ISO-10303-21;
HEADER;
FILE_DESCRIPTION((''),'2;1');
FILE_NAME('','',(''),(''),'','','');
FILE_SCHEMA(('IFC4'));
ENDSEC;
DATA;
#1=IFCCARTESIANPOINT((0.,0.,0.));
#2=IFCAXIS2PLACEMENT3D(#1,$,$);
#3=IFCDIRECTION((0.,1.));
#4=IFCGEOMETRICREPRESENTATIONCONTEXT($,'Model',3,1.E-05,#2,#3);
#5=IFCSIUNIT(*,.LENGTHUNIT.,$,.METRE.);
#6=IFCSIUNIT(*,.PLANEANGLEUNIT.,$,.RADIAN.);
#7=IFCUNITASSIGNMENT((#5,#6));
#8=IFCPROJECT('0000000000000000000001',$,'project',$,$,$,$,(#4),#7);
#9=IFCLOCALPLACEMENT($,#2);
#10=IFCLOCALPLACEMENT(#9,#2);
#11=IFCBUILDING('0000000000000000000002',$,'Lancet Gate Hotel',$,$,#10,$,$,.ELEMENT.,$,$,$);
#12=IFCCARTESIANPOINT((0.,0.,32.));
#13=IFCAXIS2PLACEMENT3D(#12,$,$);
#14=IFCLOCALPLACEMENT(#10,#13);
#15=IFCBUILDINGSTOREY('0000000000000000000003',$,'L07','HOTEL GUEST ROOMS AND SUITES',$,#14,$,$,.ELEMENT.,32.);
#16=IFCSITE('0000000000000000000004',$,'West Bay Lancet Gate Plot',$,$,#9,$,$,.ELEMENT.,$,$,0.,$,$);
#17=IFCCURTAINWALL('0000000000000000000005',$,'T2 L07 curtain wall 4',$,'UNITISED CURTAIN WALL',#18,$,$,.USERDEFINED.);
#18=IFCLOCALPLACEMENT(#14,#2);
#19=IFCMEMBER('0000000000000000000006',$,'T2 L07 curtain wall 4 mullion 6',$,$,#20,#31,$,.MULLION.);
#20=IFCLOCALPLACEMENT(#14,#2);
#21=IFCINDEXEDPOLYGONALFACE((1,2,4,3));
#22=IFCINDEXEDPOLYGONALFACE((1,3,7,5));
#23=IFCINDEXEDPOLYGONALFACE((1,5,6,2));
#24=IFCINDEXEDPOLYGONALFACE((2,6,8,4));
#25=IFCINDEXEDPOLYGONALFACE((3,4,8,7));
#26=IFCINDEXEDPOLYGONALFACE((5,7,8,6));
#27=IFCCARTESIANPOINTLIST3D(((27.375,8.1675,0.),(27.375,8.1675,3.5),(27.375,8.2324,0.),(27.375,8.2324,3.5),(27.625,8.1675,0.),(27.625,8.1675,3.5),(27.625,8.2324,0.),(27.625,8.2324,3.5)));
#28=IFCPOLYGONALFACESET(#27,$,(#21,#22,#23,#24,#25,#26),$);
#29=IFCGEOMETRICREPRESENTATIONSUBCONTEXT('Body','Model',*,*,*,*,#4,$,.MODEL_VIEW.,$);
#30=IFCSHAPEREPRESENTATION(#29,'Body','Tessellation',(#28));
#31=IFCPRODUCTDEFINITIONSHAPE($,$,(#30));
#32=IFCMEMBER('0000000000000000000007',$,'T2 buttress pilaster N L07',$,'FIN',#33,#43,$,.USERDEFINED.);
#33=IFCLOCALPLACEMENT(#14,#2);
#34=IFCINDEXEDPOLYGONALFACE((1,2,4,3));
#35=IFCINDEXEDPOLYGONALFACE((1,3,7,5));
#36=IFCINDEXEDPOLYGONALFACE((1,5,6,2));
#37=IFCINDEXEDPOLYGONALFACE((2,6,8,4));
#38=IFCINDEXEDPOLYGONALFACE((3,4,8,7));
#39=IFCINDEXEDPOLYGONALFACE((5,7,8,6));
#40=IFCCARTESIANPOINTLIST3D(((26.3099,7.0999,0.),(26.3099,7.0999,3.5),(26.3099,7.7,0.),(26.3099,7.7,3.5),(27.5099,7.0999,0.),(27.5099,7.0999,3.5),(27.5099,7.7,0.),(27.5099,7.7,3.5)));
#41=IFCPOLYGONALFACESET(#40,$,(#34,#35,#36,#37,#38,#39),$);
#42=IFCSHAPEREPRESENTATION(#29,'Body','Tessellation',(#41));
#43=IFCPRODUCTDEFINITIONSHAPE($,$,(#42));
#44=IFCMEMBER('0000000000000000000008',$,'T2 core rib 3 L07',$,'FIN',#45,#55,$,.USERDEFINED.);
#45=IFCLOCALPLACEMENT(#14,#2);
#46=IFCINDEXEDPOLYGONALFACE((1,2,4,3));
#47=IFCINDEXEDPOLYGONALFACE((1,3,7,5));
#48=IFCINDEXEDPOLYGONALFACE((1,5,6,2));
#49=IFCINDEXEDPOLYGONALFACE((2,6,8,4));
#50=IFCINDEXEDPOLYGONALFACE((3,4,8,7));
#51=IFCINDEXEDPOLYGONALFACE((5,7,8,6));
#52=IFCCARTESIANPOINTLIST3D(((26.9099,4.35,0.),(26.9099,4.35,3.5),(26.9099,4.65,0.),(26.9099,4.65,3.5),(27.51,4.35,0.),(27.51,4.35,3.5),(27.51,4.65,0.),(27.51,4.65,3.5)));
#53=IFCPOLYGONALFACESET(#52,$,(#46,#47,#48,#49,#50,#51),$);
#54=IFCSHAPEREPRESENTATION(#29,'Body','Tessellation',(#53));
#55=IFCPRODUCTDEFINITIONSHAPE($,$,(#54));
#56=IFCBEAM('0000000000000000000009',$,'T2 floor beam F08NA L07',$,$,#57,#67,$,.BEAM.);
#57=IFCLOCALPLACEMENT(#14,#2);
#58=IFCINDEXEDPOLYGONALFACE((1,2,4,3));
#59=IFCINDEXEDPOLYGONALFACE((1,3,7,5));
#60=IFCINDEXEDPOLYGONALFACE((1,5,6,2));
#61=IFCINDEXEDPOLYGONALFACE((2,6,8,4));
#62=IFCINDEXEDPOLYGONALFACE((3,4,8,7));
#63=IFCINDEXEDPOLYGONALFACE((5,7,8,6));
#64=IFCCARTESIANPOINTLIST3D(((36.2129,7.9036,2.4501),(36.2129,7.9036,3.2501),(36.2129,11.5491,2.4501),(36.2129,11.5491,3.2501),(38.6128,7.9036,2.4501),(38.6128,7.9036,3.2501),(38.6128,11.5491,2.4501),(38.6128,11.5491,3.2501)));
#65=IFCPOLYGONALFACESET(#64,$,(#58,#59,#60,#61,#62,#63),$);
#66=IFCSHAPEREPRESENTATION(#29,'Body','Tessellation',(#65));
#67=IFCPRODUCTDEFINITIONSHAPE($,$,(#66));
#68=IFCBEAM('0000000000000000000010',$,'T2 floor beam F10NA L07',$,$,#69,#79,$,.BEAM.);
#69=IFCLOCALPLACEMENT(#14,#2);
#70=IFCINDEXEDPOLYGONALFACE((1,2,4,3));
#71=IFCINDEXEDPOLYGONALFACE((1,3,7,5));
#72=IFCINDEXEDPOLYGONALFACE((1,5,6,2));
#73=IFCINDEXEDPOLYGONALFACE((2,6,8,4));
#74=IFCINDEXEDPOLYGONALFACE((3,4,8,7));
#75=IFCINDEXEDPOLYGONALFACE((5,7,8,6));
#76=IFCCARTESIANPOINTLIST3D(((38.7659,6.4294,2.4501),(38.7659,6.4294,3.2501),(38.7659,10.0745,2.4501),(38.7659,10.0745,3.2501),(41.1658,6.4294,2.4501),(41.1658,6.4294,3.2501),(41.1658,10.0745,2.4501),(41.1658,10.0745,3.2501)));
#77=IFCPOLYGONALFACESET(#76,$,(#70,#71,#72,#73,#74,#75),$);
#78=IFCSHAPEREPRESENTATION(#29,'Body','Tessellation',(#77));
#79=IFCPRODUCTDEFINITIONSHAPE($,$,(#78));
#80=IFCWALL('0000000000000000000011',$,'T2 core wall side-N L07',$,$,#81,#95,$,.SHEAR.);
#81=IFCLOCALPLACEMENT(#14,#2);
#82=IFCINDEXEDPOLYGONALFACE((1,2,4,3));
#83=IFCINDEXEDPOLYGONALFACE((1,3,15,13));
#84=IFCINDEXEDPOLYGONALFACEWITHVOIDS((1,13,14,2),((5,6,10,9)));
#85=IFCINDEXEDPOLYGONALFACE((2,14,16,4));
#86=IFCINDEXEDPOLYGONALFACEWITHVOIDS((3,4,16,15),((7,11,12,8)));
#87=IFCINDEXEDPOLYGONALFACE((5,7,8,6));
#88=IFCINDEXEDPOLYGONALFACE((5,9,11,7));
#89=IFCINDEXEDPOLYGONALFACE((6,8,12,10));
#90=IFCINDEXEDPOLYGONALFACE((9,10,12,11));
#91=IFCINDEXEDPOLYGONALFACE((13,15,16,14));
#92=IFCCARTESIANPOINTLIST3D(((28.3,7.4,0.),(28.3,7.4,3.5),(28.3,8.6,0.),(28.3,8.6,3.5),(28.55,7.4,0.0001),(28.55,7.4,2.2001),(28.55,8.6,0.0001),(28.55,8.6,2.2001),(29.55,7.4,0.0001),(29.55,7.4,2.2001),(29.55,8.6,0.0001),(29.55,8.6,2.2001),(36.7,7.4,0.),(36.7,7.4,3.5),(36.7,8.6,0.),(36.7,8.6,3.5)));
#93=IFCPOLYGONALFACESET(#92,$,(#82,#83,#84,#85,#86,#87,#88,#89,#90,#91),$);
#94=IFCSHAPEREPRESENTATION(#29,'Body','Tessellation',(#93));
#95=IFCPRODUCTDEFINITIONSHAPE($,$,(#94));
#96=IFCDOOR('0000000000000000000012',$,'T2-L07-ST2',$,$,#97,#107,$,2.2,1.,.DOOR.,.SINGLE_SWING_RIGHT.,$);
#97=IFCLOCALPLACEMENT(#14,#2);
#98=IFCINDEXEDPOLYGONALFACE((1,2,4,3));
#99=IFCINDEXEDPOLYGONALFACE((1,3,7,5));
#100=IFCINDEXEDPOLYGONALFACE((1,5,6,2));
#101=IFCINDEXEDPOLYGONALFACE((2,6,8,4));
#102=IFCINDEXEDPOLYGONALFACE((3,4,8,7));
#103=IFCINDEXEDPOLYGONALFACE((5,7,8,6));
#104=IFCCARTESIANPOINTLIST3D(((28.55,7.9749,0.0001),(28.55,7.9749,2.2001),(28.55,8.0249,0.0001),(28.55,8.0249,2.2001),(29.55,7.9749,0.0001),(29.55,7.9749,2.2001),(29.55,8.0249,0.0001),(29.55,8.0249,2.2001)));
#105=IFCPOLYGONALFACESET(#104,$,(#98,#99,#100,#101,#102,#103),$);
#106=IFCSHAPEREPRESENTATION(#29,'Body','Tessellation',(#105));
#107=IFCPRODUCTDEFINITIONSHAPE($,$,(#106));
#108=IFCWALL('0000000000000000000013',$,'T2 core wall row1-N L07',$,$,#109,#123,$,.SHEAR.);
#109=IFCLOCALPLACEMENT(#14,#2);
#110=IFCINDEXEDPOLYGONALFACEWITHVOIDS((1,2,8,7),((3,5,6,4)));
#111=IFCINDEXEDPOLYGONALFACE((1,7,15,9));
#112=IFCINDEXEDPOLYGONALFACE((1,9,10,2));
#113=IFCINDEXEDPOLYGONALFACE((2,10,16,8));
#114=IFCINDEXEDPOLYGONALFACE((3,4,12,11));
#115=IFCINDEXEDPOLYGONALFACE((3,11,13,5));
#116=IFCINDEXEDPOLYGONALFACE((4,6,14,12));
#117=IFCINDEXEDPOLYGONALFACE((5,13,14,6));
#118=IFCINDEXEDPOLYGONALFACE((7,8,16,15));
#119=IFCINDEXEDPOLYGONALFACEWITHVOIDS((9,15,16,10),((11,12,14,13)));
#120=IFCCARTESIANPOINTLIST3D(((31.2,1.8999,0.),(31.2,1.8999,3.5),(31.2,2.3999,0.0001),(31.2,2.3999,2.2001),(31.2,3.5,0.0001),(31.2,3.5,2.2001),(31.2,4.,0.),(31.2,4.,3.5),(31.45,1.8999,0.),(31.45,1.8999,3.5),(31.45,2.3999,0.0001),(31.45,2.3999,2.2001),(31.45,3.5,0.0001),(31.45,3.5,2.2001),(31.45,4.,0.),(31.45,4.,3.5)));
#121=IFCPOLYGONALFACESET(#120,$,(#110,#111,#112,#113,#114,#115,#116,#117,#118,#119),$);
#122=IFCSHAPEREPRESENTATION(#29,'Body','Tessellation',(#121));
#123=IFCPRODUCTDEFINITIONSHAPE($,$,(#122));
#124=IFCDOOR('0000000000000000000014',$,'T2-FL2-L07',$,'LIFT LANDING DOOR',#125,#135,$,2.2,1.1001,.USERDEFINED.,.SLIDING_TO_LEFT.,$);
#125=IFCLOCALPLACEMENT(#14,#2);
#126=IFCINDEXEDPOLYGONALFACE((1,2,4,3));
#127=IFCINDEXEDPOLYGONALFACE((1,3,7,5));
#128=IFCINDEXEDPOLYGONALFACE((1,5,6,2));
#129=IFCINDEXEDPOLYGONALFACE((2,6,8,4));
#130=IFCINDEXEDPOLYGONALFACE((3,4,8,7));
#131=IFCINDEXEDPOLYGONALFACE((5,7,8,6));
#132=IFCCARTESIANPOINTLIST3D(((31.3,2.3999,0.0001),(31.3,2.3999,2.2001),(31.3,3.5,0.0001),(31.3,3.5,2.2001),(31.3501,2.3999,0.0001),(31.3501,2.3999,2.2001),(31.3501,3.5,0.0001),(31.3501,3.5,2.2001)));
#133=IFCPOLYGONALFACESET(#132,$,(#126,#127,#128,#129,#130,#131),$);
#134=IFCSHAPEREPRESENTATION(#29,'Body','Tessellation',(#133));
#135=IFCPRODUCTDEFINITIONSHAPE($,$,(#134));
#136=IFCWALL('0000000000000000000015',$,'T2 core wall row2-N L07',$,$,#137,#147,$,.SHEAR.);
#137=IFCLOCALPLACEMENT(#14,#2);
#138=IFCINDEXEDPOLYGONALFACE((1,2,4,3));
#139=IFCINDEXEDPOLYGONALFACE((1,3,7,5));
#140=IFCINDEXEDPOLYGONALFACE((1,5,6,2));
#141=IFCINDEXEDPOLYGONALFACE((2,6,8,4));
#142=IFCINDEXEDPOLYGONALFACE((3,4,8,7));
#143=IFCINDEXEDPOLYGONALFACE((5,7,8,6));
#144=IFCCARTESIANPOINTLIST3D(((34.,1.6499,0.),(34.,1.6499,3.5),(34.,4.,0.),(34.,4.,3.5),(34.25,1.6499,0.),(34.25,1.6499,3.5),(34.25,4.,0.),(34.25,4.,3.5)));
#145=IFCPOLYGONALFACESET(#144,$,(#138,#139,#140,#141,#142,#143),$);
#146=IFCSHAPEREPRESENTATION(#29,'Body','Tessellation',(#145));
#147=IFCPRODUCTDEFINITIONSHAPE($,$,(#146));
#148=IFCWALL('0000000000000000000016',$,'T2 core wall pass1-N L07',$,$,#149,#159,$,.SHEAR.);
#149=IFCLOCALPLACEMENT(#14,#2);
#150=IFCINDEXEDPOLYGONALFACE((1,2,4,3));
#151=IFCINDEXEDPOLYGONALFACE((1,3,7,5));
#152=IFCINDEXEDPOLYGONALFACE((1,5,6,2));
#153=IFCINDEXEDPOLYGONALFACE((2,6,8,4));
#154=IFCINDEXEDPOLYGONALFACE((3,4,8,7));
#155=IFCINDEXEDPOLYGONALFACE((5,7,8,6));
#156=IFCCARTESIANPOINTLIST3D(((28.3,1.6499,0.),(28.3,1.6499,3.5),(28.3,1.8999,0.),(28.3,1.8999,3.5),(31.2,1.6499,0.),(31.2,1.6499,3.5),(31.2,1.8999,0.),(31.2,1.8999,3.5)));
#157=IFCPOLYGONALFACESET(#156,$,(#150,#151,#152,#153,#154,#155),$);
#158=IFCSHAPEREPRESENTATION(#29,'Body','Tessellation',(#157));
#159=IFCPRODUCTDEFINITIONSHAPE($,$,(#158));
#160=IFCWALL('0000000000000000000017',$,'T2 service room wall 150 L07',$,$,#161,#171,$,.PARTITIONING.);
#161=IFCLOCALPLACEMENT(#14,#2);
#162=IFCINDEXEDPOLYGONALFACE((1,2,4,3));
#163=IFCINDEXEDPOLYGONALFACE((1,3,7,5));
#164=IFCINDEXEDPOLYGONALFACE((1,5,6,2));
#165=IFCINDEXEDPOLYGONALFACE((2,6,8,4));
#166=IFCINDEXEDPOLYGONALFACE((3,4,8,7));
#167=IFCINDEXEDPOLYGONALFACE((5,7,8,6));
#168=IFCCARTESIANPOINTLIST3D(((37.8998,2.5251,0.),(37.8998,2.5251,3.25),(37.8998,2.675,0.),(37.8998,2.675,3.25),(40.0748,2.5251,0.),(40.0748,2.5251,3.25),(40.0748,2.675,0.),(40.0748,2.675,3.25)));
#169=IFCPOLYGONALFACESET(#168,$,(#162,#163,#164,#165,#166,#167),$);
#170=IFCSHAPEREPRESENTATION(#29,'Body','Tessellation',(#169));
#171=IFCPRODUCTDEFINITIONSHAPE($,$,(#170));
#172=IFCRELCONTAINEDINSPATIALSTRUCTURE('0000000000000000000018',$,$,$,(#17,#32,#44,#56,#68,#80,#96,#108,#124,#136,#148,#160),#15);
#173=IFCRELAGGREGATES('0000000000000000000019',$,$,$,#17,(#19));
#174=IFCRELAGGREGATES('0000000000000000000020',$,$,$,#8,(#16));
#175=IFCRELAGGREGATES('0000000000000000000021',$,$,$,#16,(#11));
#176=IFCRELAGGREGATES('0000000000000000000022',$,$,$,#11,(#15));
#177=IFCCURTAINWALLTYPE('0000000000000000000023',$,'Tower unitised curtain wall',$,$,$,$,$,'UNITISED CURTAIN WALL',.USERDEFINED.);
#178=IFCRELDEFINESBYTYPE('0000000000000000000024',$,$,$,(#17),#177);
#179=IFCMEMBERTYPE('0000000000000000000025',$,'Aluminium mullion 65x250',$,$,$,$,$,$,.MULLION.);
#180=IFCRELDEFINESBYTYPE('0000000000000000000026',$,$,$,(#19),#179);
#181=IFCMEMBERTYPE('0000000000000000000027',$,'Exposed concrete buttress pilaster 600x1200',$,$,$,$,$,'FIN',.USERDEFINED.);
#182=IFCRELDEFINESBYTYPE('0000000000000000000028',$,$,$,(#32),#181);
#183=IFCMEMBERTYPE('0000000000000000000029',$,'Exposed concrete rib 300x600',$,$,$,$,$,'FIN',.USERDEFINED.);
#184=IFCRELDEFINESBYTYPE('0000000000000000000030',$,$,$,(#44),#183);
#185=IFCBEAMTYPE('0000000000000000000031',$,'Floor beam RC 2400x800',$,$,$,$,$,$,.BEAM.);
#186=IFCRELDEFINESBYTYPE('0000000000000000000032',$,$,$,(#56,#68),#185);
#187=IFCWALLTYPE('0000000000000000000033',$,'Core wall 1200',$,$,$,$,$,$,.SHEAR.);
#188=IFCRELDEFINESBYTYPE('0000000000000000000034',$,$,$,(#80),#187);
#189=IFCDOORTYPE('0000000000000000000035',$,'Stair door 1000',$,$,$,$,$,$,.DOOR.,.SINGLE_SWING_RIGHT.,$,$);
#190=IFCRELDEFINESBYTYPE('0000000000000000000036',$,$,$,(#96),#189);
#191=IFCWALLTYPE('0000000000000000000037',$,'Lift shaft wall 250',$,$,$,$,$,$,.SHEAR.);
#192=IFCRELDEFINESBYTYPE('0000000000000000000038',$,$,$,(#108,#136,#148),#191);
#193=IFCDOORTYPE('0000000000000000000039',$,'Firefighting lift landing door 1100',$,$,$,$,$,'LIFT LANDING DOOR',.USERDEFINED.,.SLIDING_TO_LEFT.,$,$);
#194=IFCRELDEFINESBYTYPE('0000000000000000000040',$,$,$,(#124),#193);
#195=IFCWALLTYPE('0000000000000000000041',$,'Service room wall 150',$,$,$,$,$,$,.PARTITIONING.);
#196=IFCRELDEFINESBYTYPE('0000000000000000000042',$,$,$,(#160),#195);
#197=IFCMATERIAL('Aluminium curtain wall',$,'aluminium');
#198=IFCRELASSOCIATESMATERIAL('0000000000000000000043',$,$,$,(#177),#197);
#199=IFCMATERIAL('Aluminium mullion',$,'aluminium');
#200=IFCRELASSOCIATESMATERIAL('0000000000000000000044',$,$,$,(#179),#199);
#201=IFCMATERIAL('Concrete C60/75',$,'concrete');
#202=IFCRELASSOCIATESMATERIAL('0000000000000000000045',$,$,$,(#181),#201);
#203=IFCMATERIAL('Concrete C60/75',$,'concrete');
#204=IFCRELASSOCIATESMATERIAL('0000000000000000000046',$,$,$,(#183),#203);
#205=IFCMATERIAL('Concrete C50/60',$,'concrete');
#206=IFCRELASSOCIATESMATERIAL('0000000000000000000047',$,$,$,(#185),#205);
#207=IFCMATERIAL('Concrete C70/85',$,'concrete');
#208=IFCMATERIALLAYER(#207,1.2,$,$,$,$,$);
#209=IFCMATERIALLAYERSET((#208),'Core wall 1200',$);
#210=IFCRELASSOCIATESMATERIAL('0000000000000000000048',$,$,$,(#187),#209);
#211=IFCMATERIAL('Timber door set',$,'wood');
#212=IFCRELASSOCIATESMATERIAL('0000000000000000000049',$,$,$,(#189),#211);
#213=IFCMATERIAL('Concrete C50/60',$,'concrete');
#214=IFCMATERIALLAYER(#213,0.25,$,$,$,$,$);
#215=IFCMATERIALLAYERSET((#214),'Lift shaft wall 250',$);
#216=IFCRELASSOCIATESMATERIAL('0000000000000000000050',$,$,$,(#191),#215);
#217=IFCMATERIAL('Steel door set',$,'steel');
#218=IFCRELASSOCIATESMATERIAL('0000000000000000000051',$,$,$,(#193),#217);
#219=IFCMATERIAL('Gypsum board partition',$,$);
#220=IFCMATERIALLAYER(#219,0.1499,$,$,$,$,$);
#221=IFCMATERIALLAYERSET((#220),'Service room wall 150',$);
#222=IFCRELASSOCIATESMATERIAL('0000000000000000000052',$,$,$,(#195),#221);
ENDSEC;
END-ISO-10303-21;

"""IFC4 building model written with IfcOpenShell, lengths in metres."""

from ifc_helpers import new_model, si_unit, direction, frame, frame_2d, origin, origin_2d, place, context, subcontext, project, spatial, rectangle, extrude, material, layer, layer_set, material_profile, profile_set, type_object, element, fill, aggregate, save


model = new_model("IFC4")

# Units and contexts
model_context = context("Model", 3, precision=1e-05, world=origin(), true_north=direction((0.0, 1.0)))
body_context = subcontext(model_context, "Body", "Model", "MODEL_VIEW")
ifc_project = project(units=[si_unit("LENGTHUNIT", "METRE"), si_unit("PLANEANGLEUNIT", "RADIAN")], contexts=[model_context])

# Site, building, storey
site_placement = place(None, origin())
site = spatial("IfcSite", under=ifc_project, at=site_placement, Name="West Bay Lancet Gate Plot", CompositionType="ELEMENT", RefElevation=0.0)
building_placement = place(site_placement, origin())
building = spatial("IfcBuilding", under=site, at=building_placement, Name="Lancet Gate Hotel", CompositionType="ELEMENT")
storey_placement = place(building_placement, frame((0.0, 0.0, 32.0)))
storey = spatial("IfcBuildingStorey", under=building, at=storey_placement, Name="L07", Description="HOTEL GUEST ROOMS AND SUITES", CompositionType="ELEMENT", Elevation=32.0)

# Curtain wall, member
ifc_material_1 = material(Name="Aluminium curtain wall", Category="aluminium")
curtain_wall_type = type_object("IfcCurtainWallType", Name="Tower unitised curtain wall", ElementType="UNITISED CURTAIN WALL", PredefinedType="USERDEFINED", material=ifc_material_1)
curtain_wall_placement = place(storey_placement, origin())
curtain_wall = element("IfcCurtainWall", 1, at=curtain_wall_placement, inside=storey, type_object=curtain_wall_type, Name="T2 L07 curtain wall 4", ObjectType="UNITISED CURTAIN WALL", PredefinedType="USERDEFINED")
ifc_material_2 = material(Name="Aluminium mullion", Category="aluminium")
ifc_material_profile_1 = material_profile(ifc_material_2, rectangle(XDim=0.0649, YDim=0.25, at=origin_2d()), Name="MULLION 65x250")
ifc_profile_set_1 = profile_set([ifc_material_profile_1], Name="Aluminium mullion")
member_type_1 = type_object("IfcMemberType", Name="Aluminium mullion 65x250", PredefinedType="MULLION", material=ifc_profile_set_1)
member_1_placement = place(storey_placement, frame((27.5, 8.2, 0.0), z_axis=(0.0, 0.0, 1.0), x_axis=(0.0, -1.0, 0.0)))
member_1 = element("IfcMember", 2, at=member_1_placement, type_object=member_type_1, Name="T2 L07 curtain wall 4 mullion 6", PredefinedType="MULLION", context=body_context, shape_type="SweptSolid", body=[
    extrude(rectangle(XDim=0.0649, YDim=0.25, at=origin_2d()), origin(), (0.0, 0.0, 1.0), 3.5),
])
aggregate(curtain_wall, [member_1])

# Members
ifc_material_3 = material(Name="Concrete C60/75", Category="concrete")
ifc_material_profile_2 = material_profile(ifc_material_3, rectangle(XDim=0.6001, YDim=1.2, at=origin_2d()), Name="FIN 600x1200")
ifc_profile_set_2 = profile_set([ifc_material_profile_2], Name="Concrete C60/75")
member_type_2 = type_object("IfcMemberType", Name="Exposed concrete buttress pilaster 600x1200", ElementType="FIN", PredefinedType="USERDEFINED", material=ifc_profile_set_2)
member_2_placement = place(storey_placement, frame((26.9099, 7.3999, 0.0), z_axis=(0.0, 0.0, 1.0), x_axis=(0.0, 1.0, 0.0)))
element("IfcMember", 3, at=member_2_placement, inside=storey, type_object=member_type_2, Name="T2 buttress pilaster N L07", ObjectType="FIN", PredefinedType="USERDEFINED", context=body_context, shape_type="SweptSolid", body=[
    extrude(rectangle(XDim=0.6001, YDim=1.2, at=origin_2d()), origin(), (0.0, 0.0, 1.0), 3.5),
])
ifc_material_4 = material(Name="Concrete C60/75", Category="concrete")
ifc_material_profile_3 = material_profile(ifc_material_4, rectangle(XDim=0.3, YDim=0.6001, at=origin_2d()), Name="FIN 300x600")
ifc_profile_set_3 = profile_set([ifc_material_profile_3], Name="Concrete C60/75")
member_type_3 = type_object("IfcMemberType", Name="Exposed concrete rib 300x600", ElementType="FIN", PredefinedType="USERDEFINED", material=ifc_profile_set_3)
member_3_placement = place(storey_placement, frame((27.21, 4.5, 0.0), z_axis=(0.0, 0.0, 1.0), x_axis=(0.0, 1.0, 0.0)))
element("IfcMember", 4, at=member_3_placement, inside=storey, type_object=member_type_3, Name="T2 core rib 3 L07", ObjectType="FIN", PredefinedType="USERDEFINED", context=body_context, shape_type="SweptSolid", body=[
    extrude(rectangle(XDim=0.3, YDim=0.6001, at=origin_2d()), origin(), (0.0, 0.0, 1.0), 3.5),
])

# Beams
ifc_material_5 = material(Name="Concrete C50/60", Category="concrete")
ifc_material_profile_4 = material_profile(ifc_material_5, rectangle(XDim=2.3999, YDim=0.8, at=origin_2d()), Name="RC 2400x800")
ifc_profile_set_4 = profile_set([ifc_material_profile_4], Name="Concrete C50/60")
beam_type = type_object("IfcBeamType", Name="Floor beam RC 2400x800", PredefinedType="BEAM", material=ifc_profile_set_4)
beam_1_placement = place(storey_placement, frame((37.4128, 7.9036, 2.8501), z_axis=(0.0, 1.0, 0.0), x_axis=(-1.0, 0.0, 0.0)))
element("IfcBeam", 5, at=beam_1_placement, inside=storey, type_object=beam_type, Name="T2 floor beam F08NA L07", PredefinedType="BEAM", context=body_context, shape_type="SweptSolid", body=[
    extrude(rectangle(XDim=2.3999, YDim=0.8, at=origin_2d()), origin(), (0.0, 0.0, 1.0), 3.6455),
])
beam_2_placement = place(storey_placement, frame((39.9658, 6.4294, 2.8501), z_axis=(0.0, 1.0, 0.0), x_axis=(-1.0, 0.0, 0.0)))
element("IfcBeam", 6, at=beam_2_placement, inside=storey, type_object=beam_type, Name="T2 floor beam F10NA L07", PredefinedType="BEAM", context=body_context, shape_type="SweptSolid", body=[
    extrude(rectangle(XDim=2.3999, YDim=0.8, at=origin_2d()), origin(), (0.0, 0.0, 1.0), 3.645),
])

# Walls, openings, doors
ifc_material_6 = material(Name="Concrete C70/85", Category="concrete")
ifc_layer_1 = layer(ifc_material_6, 1.2)
ifc_layer_set_1 = layer_set([ifc_layer_1], Name="Core wall 1200")
wall_type_1 = type_object("IfcWallType", Name="Core wall 1200", PredefinedType="SHEAR", material=ifc_layer_set_1)
wall_1_placement = place(storey_placement, frame((28.3, 8.0, 0.0), z_axis=(0.0, 0.0, 1.0), x_axis=(1.0, 0.0, 0.0)))
wall_1 = element("IfcWall", 7, at=wall_1_placement, inside=storey, type_object=wall_type_1, Name="T2 core wall side-N L07", PredefinedType="SHEAR", context=body_context, shape_type="SweptSolid", body=[
    extrude(rectangle(XDim=8.3999, YDim=1.2, at=frame_2d((4.2, 0.0))), origin(), (0.0, 0.0, 1.0), 3.5),
])
opening_1_placement = place(wall_1_placement, frame((0.25, 0.0, 0.0)))
opening_1 = element("IfcOpeningElement", 8, at=opening_1_placement, cuts=wall_1, PredefinedType="OPENING", context=body_context, shape_type="SweptSolid", body=[
    extrude(rectangle(XDim=1.0, YDim=2.2, at=frame_2d((0.5, 1.1001))), frame((0.0, 0.6099, 0.0), z_axis=(0.0, -1.0, 0.0), x_axis=(1.0, 0.0, 0.0)), (0.0, 0.0, 1.0), 1.22),
])
ifc_material_7 = material(Name="Timber door set", Category="wood")
door_type_1 = type_object("IfcDoorType", Name="Stair door 1000", OperationType="SINGLE_SWING_RIGHT", PredefinedType="DOOR", material=ifc_material_7)
door_1_placement = place(opening_1_placement, origin())
door_1 = element("IfcDoor", 9, at=door_1_placement, inside=storey, type_object=door_type_1, Name="T2-L07-ST2", OperationType="SINGLE_SWING_RIGHT", OverallHeight=2.2, OverallWidth=1.0, PredefinedType="DOOR", context=body_context, shape_type="SweptSolid", body=[
    extrude(rectangle(XDim=1.0, YDim=2.2, at=frame_2d((0.5, 1.1001))), frame((0.0, 0.0249, 0.0), z_axis=(0.0, -1.0, 0.0), x_axis=(1.0, 0.0, 0.0)), (0.0, 0.0, 1.0), 0.05),
])
fill(opening_1, door_1)
ifc_material_8 = material(Name="Concrete C50/60", Category="concrete")
ifc_layer_2 = layer(ifc_material_8, 0.25)
ifc_layer_set_2 = layer_set([ifc_layer_2], Name="Lift shaft wall 250")
wall_type_2 = type_object("IfcWallType", Name="Lift shaft wall 250", PredefinedType="SHEAR", material=ifc_layer_set_2)
wall_2_placement = place(storey_placement, frame((31.325, 1.8999, 0.0), z_axis=(0.0, 0.0, 1.0), x_axis=(0.0, 1.0, 0.0)))
wall_2 = element("IfcWall", 10, at=wall_2_placement, inside=storey, type_object=wall_type_2, Name="T2 core wall row1-N L07", PredefinedType="SHEAR", context=body_context, shape_type="SweptSolid", body=[
    extrude(rectangle(XDim=2.1001, YDim=0.25, at=frame_2d((1.05, 0.0))), origin(), (0.0, 0.0, 1.0), 3.5),
])
opening_2_placement = place(wall_2_placement, frame((0.5, 0.0, 0.0)))
opening_2 = element("IfcOpeningElement", 11, at=opening_2_placement, cuts=wall_2, PredefinedType="OPENING", context=body_context, shape_type="SweptSolid", body=[
    extrude(rectangle(XDim=1.1001, YDim=2.2, at=frame_2d((0.55, 1.1001))), frame((0.0, 0.135, 0.0), z_axis=(0.0, -1.0, 0.0), x_axis=(1.0, 0.0, 0.0)), (0.0, 0.0, 1.0), 0.27),
])
ifc_material_9 = material(Name="Steel door set", Category="steel")
door_type_2 = type_object("IfcDoorType", Name="Firefighting lift landing door 1100", ElementType="LIFT LANDING DOOR", OperationType="SLIDING_TO_LEFT", PredefinedType="USERDEFINED", material=ifc_material_9)
door_2_placement = place(opening_2_placement, origin())
door_2 = element("IfcDoor", 12, at=door_2_placement, inside=storey, type_object=door_type_2, Name="T2-FL2-L07", ObjectType="LIFT LANDING DOOR", OperationType="SLIDING_TO_LEFT", OverallHeight=2.2, OverallWidth=1.1001, PredefinedType="USERDEFINED", context=body_context, shape_type="SweptSolid", body=[
    extrude(rectangle(XDim=1.1001, YDim=2.2, at=frame_2d((0.55, 1.1001))), frame((0.0, 0.0249, 0.0), z_axis=(0.0, -1.0, 0.0), x_axis=(1.0, 0.0, 0.0)), (0.0, 0.0, 1.0), 0.05),
])
fill(opening_2, door_2)

# Walls
wall_3_placement = place(storey_placement, frame((34.125, 1.6499, 0.0), z_axis=(0.0, 0.0, 1.0), x_axis=(0.0, 1.0, 0.0)))
element("IfcWall", 13, at=wall_3_placement, inside=storey, type_object=wall_type_2, Name="T2 core wall row2-N L07", PredefinedType="SHEAR", context=body_context, shape_type="SweptSolid", body=[
    extrude(rectangle(XDim=2.3501, YDim=0.25, at=frame_2d((1.175, 0.0))), origin(), (0.0, 0.0, 1.0), 3.5),
])
wall_4_placement = place(storey_placement, frame((28.3, 1.7749, 0.0), z_axis=(0.0, 0.0, 1.0), x_axis=(1.0, 0.0, 0.0)))
element("IfcWall", 14, at=wall_4_placement, inside=storey, type_object=wall_type_2, Name="T2 core wall pass1-N L07", PredefinedType="SHEAR", context=body_context, shape_type="SweptSolid", body=[
    extrude(rectangle(XDim=2.8999, YDim=0.25, at=frame_2d((1.45, 0.0))), origin(), (0.0, 0.0, 1.0), 3.5),
])
ifc_material_10 = material(Name="Gypsum board partition")
ifc_layer_3 = layer(ifc_material_10, 0.1499)
ifc_layer_set_3 = layer_set([ifc_layer_3], Name="Service room wall 150")
wall_type_3 = type_object("IfcWallType", Name="Service room wall 150", PredefinedType="PARTITIONING", material=ifc_layer_set_3)
for number, where, z_axis, x_axis, name in (
    (15, (37.8999, 2.6001, 0.0), (0.0, 0.0, 1.0), (1.0, 0.0, 0.0), "T2 service room wall 150 L07"),
):
    element("IfcWall", number, at=place(storey_placement, frame(where, z_axis=z_axis, x_axis=x_axis)), inside=storey, type_object=wall_type_3, Name=name, PredefinedType="PARTITIONING", context=body_context, shape_type="SweptSolid", body=[
        extrude(rectangle(XDim=2.175, YDim=0.1499, at=frame_2d((1.0874, 0.0))), origin(), (0.0, 0.0, 1.0), 3.25),
    ])

save(model, "model.ifc")
